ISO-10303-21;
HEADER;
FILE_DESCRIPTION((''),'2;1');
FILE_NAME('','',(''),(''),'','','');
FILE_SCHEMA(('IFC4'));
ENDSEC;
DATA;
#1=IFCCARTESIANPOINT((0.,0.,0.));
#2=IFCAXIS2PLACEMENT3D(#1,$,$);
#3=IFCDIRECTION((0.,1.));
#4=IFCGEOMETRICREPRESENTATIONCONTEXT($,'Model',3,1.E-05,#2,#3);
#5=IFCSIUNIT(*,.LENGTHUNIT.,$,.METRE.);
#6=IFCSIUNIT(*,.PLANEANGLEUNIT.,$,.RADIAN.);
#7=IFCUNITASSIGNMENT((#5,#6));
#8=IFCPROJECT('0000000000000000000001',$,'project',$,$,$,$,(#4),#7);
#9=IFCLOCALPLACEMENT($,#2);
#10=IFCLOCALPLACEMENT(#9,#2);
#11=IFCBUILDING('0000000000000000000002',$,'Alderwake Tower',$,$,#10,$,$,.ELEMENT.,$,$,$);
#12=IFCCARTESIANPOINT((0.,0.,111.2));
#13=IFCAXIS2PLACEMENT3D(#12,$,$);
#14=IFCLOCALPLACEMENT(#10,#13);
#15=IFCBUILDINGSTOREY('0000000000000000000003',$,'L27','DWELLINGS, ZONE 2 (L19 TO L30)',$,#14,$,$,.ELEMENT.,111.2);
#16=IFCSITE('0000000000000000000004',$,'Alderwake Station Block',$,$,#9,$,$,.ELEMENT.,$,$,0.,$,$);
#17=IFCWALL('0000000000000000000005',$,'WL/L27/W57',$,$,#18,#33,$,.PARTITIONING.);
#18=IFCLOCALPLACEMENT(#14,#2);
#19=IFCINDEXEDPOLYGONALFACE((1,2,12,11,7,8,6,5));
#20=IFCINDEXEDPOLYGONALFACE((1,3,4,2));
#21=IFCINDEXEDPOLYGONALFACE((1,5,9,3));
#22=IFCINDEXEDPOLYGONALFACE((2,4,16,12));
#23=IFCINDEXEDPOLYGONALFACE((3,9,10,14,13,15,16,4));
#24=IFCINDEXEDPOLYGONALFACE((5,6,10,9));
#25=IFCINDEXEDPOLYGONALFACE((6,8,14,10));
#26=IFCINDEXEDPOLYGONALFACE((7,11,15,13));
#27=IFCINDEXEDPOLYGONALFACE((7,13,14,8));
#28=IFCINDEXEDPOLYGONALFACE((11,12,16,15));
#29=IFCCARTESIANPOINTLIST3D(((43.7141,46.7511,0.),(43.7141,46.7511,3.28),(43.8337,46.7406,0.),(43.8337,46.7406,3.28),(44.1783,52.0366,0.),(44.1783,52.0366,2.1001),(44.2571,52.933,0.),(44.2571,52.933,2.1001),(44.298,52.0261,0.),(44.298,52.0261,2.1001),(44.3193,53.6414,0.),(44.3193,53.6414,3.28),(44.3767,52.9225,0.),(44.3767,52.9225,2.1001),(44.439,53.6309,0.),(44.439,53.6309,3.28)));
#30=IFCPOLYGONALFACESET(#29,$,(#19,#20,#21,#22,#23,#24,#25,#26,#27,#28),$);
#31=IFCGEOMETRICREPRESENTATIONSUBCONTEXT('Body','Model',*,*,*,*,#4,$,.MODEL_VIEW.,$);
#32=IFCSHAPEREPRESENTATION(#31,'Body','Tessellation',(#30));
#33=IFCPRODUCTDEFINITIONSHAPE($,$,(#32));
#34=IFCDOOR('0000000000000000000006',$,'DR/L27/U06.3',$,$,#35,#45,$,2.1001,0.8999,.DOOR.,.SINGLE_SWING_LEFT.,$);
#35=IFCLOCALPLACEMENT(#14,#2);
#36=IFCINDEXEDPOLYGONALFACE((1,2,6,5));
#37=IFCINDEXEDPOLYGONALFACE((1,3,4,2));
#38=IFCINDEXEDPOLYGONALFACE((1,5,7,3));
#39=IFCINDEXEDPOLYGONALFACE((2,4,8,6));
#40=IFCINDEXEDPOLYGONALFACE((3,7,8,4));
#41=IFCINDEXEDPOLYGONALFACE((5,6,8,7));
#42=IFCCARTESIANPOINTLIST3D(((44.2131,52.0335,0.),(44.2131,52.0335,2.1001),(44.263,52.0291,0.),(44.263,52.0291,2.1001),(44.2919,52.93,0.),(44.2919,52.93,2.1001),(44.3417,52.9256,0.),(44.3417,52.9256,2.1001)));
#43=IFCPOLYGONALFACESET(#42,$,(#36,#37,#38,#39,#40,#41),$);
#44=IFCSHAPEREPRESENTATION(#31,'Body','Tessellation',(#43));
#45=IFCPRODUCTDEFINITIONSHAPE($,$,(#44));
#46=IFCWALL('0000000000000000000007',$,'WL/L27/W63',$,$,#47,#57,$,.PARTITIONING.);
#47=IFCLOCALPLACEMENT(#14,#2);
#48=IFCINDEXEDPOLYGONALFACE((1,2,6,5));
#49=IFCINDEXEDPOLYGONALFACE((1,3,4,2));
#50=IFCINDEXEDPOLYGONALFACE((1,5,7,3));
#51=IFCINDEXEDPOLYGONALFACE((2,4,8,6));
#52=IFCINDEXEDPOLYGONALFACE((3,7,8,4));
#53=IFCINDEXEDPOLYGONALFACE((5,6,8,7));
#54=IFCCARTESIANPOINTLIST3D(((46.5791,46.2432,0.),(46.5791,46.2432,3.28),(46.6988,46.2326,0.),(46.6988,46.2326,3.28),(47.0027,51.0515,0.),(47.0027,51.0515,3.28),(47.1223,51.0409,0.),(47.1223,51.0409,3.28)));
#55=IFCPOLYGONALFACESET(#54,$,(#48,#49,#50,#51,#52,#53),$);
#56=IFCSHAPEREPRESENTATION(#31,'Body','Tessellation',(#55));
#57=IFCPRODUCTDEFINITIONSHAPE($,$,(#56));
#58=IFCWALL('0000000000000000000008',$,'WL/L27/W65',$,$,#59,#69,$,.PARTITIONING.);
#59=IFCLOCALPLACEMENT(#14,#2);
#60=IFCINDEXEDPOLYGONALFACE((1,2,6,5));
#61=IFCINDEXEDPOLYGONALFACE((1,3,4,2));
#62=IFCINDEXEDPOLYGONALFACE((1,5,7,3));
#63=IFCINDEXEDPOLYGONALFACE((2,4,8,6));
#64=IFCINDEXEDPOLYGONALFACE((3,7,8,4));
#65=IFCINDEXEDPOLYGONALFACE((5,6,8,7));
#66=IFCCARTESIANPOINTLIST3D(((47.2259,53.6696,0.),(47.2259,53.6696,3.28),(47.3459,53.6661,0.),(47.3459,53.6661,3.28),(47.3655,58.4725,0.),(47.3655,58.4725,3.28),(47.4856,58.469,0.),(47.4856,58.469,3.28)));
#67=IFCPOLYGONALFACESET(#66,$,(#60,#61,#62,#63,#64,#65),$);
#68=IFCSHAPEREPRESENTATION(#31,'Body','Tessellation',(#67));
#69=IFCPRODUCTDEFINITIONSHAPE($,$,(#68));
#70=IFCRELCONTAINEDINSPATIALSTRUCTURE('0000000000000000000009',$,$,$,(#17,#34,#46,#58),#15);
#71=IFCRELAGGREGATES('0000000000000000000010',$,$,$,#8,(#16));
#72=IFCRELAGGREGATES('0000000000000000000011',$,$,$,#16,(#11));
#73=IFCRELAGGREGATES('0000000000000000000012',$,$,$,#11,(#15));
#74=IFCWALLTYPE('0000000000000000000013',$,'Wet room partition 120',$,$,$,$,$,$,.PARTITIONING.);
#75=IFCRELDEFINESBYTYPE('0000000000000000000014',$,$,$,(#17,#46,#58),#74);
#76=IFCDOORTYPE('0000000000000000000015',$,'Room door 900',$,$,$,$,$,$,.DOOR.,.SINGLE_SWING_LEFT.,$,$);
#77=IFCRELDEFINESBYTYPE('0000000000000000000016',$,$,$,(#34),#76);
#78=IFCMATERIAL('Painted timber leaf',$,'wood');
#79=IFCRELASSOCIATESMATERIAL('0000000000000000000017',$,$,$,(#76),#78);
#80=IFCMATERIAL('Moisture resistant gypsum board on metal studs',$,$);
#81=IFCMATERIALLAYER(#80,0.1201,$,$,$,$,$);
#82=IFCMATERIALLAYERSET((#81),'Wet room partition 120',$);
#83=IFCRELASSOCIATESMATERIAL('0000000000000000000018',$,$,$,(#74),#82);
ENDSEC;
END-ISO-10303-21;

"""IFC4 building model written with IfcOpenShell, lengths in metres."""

from ifc_helpers import new_model, si_unit, direction, frame, frame_2d, origin, place, context, subcontext, project, spatial, rectangle, extrude, material, layer, layer_set, type_object, element, fill, save


model = new_model("IFC4")

# Units and contexts
model_context = context("Model", 3, precision=1e-05, world=origin(), true_north=direction((0.0, 1.0)))
body_context = subcontext(model_context, "Body", "Model", "MODEL_VIEW")
ifc_project = project(units=[si_unit("LENGTHUNIT", "METRE"), si_unit("PLANEANGLEUNIT", "RADIAN")], contexts=[model_context])

# Site, building, storey
site_placement = place(None, origin())
site = spatial("IfcSite", under=ifc_project, at=site_placement, Name="Alderwake Station Block", CompositionType="ELEMENT", RefElevation=0.0)
building_placement = place(site_placement, origin())
building = spatial("IfcBuilding", under=site, at=building_placement, Name="Alderwake Tower", CompositionType="ELEMENT")
storey_placement = place(building_placement, frame((0.0, 0.0, 111.2)))
storey = spatial("IfcBuildingStorey", under=building, at=storey_placement, Name="L27", Description="DWELLINGS, ZONE 2 (L19 TO L30)", CompositionType="ELEMENT", Elevation=111.2)

# Shared definitions
ifc_material_1 = material(Name="Painted timber leaf", Category="wood")
door_type_1 = type_object("IfcDoorType", Name="Room door 900", OperationType="SINGLE_SWING_LEFT", PredefinedType="DOOR", material=ifc_material_1)

# Shared definitions
ifc_material_2 = material(Name="Moisture resistant gypsum board on metal studs")
ifc_layer_1 = layer(ifc_material_2, 0.1201)
ifc_layer_set_1 = layer_set([ifc_layer_1], Name="Wet room partition 120")
wall_type_1 = type_object("IfcWallType", Name="Wet room partition 120", PredefinedType="PARTITIONING", material=ifc_layer_set_1)

# Wall, opening, door
wall_1_placement = place(storey_placement, frame((44.3792, 53.6362, 0.0), z_axis=(0.0, 0.0, 1.0), x_axis=(-0.087502, -0.996164, 0.0)))
wall_1 = element("IfcWall", 1, at=wall_1_placement, inside=storey, type_object=wall_type_1, Name="WL/L27/W57", PredefinedType="PARTITIONING", context=body_context, shape_type="SweptSolid", body=[
    extrude(rectangle(XDim=6.9167, YDim=0.1201, at=frame_2d((3.4585, 0.0))), origin(), (0.0, 0.0, 1.0), 3.28),
])
opening_1_placement = place(wall_1_placement, frame((0.7112, 0.0, 0.0)))
opening_1 = element("IfcOpeningElement", 2, at=opening_1_placement, cuts=wall_1, PredefinedType="OPENING", context=body_context, shape_type="SweptSolid", body=[
    extrude(rectangle(XDim=0.8999, YDim=2.1001, at=frame_2d((0.45, 1.05))), frame((0.0, 0.0701, 0.0), z_axis=(0.0, -1.0, 0.0), x_axis=(1.0, 0.0, 0.0)), (0.0, 0.0, 1.0), 0.1401),
])
door_1_placement = place(opening_1_placement, origin())
door_1 = element("IfcDoor", 3, at=door_1_placement, inside=storey, type_object=door_type_1, Name="DR/L27/U06.3", OperationType="SINGLE_SWING_LEFT", OverallHeight=2.1001, OverallWidth=0.8999, PredefinedType="DOOR", context=body_context, shape_type="SweptSolid", body=[
    extrude(rectangle(XDim=0.8999, YDim=2.1001, at=frame_2d((0.45, 1.05))), frame((0.0, 0.0249, 0.0), z_axis=(0.0, -1.0, 0.0), x_axis=(1.0, 0.0, 0.0)), (0.0, 0.0, 1.0), 0.05),
])
fill(opening_1, door_1)

# Walls
wall_2_placement = place(storey_placement, frame((46.6389, 46.2378, 0.0), z_axis=(0.0, 0.0, 1.0), x_axis=(0.087754, 0.996142, 0.0)))
element("IfcWall", 4, at=wall_2_placement, inside=storey, type_object=wall_type_1, Name="WL/L27/W63", PredefinedType="PARTITIONING", context=body_context, shape_type="SweptSolid", body=[
    extrude(rectangle(XDim=4.8269, YDim=0.1201, at=frame_2d((2.4136, 0.0))), origin(), (0.0, 0.0, 1.0), 3.28),
])
wall_3_placement = place(storey_placement, frame((47.2859, 53.668, 0.0), z_axis=(0.0, 0.0, 1.0), x_axis=(0.029063, 0.999578, 0.0)))
element("IfcWall", 5, at=wall_3_placement, inside=storey, type_object=wall_type_1, Name="WL/L27/W65", PredefinedType="PARTITIONING", context=body_context, shape_type="SweptSolid", body=[
    extrude(rectangle(XDim=4.8049, YDim=0.1201, at=frame_2d((2.4023, 0.0))), origin(), (0.0, 0.0, 1.0), 3.28),
])

save(model, "model.ifc")
